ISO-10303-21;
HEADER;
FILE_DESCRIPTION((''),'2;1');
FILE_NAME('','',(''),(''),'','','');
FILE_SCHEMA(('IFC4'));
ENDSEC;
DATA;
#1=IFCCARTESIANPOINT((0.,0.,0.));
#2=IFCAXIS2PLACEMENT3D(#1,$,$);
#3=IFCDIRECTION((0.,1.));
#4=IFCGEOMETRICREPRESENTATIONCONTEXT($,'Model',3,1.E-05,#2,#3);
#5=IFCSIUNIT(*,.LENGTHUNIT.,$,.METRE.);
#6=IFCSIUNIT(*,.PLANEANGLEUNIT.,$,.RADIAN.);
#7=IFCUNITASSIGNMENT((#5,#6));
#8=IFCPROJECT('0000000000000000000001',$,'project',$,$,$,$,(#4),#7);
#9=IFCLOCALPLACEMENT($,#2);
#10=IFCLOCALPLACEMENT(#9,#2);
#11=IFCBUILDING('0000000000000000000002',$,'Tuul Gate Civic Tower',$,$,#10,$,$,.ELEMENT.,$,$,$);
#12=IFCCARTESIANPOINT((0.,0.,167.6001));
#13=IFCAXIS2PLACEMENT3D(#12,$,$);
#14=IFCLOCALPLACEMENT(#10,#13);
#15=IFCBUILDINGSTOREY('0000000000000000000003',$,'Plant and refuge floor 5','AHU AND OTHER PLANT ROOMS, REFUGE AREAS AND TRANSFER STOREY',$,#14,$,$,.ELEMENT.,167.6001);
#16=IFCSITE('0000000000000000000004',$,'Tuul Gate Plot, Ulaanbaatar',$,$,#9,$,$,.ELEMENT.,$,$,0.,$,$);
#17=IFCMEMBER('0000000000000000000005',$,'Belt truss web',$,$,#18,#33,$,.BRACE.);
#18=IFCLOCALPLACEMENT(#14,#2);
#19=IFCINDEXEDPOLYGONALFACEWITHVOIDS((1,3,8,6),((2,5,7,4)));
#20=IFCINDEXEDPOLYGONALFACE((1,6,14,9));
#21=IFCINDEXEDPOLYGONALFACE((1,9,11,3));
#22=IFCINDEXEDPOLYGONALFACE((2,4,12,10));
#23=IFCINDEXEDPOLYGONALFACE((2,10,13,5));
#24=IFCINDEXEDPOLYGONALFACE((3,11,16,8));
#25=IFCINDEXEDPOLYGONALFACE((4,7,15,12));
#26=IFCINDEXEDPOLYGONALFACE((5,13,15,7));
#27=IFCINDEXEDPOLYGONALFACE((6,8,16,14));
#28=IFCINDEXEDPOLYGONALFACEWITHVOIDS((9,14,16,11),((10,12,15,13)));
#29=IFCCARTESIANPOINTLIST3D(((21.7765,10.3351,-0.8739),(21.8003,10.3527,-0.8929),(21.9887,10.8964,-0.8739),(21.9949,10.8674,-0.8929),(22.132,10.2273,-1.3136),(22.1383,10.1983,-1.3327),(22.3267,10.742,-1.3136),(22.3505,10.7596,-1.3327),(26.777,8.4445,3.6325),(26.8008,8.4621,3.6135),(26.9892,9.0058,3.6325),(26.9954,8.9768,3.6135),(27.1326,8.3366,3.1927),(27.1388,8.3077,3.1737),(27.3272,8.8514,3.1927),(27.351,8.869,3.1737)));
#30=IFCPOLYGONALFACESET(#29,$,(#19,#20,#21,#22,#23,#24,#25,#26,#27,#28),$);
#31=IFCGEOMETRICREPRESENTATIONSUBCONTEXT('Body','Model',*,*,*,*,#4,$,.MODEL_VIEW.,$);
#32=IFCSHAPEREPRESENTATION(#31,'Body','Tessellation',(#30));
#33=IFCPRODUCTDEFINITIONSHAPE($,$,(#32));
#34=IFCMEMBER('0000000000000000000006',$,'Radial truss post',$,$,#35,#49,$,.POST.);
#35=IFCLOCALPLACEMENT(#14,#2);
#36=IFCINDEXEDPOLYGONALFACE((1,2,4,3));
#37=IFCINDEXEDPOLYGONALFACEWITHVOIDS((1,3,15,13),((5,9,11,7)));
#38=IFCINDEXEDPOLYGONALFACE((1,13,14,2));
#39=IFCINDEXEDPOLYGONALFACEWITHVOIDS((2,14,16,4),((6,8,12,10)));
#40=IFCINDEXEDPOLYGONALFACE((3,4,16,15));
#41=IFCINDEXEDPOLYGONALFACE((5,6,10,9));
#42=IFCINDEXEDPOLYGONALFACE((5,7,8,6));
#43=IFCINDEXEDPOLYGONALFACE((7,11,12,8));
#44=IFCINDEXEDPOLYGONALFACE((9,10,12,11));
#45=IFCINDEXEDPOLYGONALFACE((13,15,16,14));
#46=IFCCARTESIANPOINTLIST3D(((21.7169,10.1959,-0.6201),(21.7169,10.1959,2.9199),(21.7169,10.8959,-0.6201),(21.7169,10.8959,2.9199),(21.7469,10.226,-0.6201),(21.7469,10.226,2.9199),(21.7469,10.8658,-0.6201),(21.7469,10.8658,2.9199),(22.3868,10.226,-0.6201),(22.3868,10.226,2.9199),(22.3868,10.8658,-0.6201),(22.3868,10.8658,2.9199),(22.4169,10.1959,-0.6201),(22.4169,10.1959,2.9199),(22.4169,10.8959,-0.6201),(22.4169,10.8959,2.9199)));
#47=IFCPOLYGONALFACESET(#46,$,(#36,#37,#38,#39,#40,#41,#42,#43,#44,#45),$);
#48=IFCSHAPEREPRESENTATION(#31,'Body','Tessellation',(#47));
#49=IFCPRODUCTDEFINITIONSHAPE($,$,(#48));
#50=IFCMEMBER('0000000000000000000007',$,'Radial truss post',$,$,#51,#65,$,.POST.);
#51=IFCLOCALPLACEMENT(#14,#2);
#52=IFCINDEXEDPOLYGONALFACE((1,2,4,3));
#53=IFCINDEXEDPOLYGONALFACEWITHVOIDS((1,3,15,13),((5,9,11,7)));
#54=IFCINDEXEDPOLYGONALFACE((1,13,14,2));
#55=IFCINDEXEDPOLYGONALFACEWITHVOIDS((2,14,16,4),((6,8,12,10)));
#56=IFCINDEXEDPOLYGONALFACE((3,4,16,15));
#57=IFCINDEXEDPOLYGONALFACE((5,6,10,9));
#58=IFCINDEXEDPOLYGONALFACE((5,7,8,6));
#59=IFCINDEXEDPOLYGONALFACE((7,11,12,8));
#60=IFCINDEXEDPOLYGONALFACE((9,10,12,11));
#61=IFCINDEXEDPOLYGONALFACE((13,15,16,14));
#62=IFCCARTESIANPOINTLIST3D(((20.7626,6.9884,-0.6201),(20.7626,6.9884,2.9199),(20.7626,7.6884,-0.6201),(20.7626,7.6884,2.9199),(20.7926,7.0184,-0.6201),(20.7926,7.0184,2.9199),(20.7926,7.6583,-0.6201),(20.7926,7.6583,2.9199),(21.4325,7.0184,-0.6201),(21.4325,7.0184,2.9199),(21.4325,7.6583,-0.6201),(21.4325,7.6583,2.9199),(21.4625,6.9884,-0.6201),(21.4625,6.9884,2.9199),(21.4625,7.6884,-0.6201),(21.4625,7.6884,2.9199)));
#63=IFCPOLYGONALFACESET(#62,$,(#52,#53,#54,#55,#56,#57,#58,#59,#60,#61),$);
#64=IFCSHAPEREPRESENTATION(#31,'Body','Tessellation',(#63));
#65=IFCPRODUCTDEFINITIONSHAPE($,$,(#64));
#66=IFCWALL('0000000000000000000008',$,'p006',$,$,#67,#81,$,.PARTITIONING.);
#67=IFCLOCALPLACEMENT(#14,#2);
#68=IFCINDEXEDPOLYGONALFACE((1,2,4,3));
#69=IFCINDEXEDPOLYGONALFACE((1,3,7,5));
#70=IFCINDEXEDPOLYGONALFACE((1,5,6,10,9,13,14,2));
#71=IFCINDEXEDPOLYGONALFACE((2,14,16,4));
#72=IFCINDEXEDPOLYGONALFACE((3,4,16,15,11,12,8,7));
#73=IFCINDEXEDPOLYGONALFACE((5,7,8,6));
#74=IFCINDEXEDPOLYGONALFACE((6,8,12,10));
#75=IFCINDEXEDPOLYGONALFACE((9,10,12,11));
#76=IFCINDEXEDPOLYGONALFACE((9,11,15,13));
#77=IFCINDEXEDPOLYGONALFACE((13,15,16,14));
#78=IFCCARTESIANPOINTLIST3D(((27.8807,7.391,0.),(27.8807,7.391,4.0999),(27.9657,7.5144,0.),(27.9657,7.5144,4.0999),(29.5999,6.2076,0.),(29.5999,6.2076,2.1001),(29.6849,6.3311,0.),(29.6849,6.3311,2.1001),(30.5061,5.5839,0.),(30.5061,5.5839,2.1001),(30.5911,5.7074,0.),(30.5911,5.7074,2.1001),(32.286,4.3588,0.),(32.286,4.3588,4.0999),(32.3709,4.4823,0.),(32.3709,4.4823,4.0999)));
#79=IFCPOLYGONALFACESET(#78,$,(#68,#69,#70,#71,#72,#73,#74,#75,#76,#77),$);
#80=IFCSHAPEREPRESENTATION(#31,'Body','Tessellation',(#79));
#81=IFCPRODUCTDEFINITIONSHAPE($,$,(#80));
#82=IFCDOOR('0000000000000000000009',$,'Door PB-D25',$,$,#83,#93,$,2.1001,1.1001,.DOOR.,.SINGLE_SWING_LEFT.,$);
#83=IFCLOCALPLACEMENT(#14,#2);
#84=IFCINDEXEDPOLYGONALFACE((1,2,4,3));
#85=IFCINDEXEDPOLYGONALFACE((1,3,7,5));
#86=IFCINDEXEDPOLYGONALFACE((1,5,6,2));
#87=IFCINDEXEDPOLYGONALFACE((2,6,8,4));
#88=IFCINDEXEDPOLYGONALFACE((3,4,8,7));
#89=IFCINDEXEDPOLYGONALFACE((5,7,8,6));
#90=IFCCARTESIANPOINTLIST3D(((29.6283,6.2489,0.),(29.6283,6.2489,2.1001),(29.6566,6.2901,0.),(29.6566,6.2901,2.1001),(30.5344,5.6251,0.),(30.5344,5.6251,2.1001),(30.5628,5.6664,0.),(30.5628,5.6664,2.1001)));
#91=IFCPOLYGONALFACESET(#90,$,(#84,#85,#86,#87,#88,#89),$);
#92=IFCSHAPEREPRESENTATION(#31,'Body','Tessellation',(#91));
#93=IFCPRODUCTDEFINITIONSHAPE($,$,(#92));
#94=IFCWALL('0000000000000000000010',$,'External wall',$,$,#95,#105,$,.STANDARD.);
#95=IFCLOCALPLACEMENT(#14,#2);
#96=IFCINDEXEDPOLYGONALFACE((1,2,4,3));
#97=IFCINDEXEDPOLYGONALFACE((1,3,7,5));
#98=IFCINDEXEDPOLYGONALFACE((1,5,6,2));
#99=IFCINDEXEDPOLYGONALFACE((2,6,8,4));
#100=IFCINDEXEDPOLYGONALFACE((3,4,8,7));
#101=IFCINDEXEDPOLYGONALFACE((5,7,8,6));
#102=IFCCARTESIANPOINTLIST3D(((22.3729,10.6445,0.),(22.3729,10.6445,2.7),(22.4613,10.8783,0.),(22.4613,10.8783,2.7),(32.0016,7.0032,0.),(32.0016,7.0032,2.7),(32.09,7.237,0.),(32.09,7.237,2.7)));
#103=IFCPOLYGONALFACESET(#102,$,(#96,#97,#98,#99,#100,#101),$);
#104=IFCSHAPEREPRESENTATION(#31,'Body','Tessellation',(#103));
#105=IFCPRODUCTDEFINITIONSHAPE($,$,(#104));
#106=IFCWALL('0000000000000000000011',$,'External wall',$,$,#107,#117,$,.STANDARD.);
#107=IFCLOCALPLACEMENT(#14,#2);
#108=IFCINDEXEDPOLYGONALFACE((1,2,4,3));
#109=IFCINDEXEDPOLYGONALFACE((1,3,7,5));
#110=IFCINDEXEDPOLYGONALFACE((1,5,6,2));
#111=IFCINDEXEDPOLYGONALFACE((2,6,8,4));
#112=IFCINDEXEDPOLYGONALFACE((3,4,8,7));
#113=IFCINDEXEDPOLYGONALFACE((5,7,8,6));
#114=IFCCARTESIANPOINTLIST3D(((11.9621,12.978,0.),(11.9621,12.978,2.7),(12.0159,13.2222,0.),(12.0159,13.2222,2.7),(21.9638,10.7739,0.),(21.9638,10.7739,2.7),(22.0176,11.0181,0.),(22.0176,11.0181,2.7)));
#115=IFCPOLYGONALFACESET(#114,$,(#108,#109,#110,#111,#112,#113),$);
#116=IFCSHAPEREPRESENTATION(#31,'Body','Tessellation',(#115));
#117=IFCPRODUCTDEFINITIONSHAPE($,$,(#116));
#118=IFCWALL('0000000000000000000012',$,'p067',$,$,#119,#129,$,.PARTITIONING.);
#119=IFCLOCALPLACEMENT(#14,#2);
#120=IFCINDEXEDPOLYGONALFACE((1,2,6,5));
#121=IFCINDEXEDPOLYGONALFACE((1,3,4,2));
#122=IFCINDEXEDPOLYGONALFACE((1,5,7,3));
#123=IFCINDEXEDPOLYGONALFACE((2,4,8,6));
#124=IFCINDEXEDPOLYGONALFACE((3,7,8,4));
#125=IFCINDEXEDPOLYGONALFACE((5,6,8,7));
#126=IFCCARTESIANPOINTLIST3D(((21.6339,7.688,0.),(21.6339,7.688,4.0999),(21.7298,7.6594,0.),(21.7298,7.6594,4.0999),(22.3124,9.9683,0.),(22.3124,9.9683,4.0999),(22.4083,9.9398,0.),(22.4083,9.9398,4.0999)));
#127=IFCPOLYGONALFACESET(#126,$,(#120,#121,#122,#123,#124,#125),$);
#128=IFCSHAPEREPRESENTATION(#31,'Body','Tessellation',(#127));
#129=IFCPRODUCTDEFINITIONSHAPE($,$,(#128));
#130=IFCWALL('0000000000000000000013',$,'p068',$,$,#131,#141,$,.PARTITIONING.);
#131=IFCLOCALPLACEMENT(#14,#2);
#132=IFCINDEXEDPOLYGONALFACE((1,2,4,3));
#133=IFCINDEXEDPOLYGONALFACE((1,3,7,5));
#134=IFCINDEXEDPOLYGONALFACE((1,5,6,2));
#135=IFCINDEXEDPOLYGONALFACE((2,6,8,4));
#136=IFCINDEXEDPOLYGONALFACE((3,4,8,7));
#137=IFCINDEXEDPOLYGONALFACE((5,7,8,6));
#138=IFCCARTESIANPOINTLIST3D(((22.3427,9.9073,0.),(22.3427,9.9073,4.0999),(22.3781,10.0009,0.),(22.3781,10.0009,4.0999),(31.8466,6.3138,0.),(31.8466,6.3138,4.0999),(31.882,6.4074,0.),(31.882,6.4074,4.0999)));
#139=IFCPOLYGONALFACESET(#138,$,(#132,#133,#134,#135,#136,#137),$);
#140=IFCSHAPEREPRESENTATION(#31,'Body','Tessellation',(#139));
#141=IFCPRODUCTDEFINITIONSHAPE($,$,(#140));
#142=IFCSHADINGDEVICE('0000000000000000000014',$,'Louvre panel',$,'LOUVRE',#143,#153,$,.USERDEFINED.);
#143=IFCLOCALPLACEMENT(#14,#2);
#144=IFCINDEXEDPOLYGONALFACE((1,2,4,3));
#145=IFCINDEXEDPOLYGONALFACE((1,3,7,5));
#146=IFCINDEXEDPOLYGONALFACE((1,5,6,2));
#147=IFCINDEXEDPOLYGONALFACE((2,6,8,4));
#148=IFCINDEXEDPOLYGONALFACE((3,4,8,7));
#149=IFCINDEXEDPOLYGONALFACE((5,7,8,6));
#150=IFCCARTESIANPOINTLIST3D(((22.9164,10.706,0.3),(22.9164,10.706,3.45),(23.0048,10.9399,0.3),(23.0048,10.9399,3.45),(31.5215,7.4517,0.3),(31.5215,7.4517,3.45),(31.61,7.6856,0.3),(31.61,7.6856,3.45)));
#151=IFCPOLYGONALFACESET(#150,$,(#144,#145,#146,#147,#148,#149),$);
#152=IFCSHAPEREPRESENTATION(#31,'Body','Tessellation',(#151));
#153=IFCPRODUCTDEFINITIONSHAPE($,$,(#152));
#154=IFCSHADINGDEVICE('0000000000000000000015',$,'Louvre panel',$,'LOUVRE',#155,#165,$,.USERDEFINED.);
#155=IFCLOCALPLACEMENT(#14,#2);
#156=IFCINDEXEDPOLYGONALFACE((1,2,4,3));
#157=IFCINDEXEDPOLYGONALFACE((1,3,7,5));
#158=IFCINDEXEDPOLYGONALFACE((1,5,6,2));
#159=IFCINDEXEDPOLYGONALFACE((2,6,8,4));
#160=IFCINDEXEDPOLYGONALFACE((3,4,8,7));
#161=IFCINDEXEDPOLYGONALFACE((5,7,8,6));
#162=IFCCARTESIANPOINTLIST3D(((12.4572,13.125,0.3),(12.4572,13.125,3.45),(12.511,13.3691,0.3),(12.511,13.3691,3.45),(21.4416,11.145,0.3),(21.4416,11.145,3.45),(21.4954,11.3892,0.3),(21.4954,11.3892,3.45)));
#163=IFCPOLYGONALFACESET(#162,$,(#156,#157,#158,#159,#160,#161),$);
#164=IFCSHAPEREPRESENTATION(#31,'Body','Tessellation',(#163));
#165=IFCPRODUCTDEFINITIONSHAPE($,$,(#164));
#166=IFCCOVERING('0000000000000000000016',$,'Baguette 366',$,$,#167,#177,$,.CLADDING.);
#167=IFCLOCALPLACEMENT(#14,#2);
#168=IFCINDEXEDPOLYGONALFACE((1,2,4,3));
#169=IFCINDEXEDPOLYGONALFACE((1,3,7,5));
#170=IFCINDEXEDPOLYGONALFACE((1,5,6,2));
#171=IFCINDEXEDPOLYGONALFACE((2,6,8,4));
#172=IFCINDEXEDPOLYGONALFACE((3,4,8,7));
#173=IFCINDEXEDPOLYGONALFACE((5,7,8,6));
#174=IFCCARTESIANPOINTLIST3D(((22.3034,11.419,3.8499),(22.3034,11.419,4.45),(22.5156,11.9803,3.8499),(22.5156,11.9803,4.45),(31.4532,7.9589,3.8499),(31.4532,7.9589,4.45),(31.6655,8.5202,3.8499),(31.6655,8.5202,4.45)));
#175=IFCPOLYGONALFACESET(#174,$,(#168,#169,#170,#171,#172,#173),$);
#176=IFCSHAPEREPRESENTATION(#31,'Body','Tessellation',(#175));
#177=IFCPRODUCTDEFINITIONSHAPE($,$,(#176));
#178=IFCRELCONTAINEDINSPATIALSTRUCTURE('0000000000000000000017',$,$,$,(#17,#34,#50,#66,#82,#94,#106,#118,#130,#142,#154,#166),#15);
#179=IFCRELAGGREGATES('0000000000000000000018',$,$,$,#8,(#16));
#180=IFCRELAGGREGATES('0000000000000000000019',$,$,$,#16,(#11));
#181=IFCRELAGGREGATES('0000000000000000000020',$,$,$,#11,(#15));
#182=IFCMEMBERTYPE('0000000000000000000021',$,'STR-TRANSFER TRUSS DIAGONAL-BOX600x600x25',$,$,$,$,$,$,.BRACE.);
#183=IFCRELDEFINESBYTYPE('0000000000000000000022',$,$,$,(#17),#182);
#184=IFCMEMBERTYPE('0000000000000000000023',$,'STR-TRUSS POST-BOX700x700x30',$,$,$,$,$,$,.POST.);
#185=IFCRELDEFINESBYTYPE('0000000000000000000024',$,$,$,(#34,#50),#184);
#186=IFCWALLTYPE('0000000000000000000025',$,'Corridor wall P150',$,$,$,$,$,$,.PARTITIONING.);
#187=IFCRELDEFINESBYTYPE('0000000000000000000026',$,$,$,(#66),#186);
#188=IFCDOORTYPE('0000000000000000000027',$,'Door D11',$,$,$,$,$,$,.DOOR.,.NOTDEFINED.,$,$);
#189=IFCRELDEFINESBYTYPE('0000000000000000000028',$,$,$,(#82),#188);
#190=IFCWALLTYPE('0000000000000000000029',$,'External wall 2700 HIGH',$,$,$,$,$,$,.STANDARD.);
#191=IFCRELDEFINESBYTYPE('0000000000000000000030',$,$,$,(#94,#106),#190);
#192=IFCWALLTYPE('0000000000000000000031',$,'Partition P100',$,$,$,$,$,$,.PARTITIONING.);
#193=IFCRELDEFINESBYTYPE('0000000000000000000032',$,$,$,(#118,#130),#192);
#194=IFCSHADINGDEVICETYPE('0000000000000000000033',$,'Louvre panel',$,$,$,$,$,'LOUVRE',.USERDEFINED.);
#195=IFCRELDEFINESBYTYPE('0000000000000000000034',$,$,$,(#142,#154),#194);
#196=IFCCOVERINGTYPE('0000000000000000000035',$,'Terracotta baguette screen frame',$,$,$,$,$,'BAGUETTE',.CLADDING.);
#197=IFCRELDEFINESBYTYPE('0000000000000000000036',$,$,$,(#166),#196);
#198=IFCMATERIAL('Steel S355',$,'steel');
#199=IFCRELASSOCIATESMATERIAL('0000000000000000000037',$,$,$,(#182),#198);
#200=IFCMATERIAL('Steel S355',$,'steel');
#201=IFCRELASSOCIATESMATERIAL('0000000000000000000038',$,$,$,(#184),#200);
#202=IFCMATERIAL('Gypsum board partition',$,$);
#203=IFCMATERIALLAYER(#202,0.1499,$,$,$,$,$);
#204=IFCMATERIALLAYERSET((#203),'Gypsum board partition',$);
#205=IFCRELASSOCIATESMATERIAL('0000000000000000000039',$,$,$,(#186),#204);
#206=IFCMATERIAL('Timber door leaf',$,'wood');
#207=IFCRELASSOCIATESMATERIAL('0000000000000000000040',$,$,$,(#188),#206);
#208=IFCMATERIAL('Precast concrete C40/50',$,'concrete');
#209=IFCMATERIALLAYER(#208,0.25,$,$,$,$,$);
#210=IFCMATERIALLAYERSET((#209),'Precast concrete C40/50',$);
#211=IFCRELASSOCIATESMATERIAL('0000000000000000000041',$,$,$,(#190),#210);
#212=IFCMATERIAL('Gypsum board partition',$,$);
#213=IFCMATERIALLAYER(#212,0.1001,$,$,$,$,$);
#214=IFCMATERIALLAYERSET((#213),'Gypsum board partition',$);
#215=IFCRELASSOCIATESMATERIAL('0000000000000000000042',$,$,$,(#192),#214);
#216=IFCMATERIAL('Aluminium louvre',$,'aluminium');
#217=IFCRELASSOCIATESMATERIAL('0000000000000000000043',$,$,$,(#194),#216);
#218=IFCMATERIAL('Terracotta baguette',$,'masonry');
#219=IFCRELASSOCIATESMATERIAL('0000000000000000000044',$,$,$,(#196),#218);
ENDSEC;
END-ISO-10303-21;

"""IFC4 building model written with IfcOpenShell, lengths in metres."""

from ifc_helpers import new_model, si_unit, direction, frame, frame_2d, origin, origin_2d, place, context, subcontext, project, spatial, rectangle, hollow_rectangle, extrude, material, layer, layer_set, material_profile, profile_set, type_object, element, fill, save


model = new_model("IFC4")

# Units and contexts
model_context = context("Model", 3, precision=1e-05, world=origin(), true_north=direction((0.0, 1.0)))
body_context = subcontext(model_context, "Body", "Model", "MODEL_VIEW")
ifc_project = project(units=[si_unit("LENGTHUNIT", "METRE"), si_unit("PLANEANGLEUNIT", "RADIAN")], contexts=[model_context])

# Site, building, storey
site_placement = place(None, origin())
site = spatial("IfcSite", under=ifc_project, at=site_placement, Name="Tuul Gate Plot, Ulaanbaatar", CompositionType="ELEMENT", RefElevation=0.0)
building_placement = place(site_placement, origin())
building = spatial("IfcBuilding", under=site, at=building_placement, Name="Tuul Gate Civic Tower", CompositionType="ELEMENT")
storey_placement = place(building_placement, frame((0.0, 0.0, 167.6001)))
storey = spatial("IfcBuildingStorey", under=building, at=storey_placement, Name="Plant and refuge floor 5", Description="AHU AND OTHER PLANT ROOMS, REFUGE AREAS AND TRANSFER STOREY", CompositionType="ELEMENT", Elevation=167.6001)

# Members
ifc_material_1 = material(Name="Steel S355", Category="steel")
ifc_material_profile_1 = material_profile(ifc_material_1, hollow_rectangle(XDim=0.6001, YDim=0.6001, WallThickness=0.0249, at=origin_2d()), Name="BOX600x600x25")
ifc_profile_set_1 = profile_set([ifc_material_profile_1], Name="Steel S355")
member_type_1 = type_object("IfcMemberType", Name="STR-TRANSFER TRUSS DIAGONAL-BOX600x600x25", PredefinedType="BRACE", material=ifc_profile_set_1)
member_1_placement = place(storey_placement, frame((22.0635, 10.5474, -1.1033), z_axis=(0.715184, -0.270403, 0.644511), x_axis=(0.353655, 0.935376, 0.0)))
element("IfcMember", 1, at=member_1_placement, inside=storey, type_object=member_type_1, Name="Belt truss web", PredefinedType="BRACE", context=body_context, shape_type="SweptSolid", body=[
    extrude(hollow_rectangle(XDim=0.6001, YDim=0.6001, WallThickness=0.0249, at=origin_2d()), origin(), (0.0, 0.0, 1.0), 6.9919),
])
ifc_material_2 = material(Name="Steel S355", Category="steel")
ifc_material_profile_2 = material_profile(ifc_material_2, hollow_rectangle(XDim=0.7, YDim=0.7, WallThickness=0.03, at=origin_2d()), Name="BOX700x700x30")
ifc_profile_set_2 = profile_set([ifc_material_profile_2], Name="Steel S355")
member_type_2 = type_object("IfcMemberType", Name="STR-TRUSS POST-BOX700x700x30", PredefinedType="POST", material=ifc_profile_set_2)
for number, where, z_axis, x_axis, name in (
    (2, (22.0669, 10.5459, -0.6201), (0.0, 0.0, 1.0), (1.0, 0.0, 0.0), "Radial truss post"),
    (3, (21.1125, 7.3384, -0.6201), (0.0, 0.0, 1.0), (1.0, 0.0, 0.0), "Radial truss post"),
):
    element("IfcMember", number, at=place(storey_placement, frame(where, z_axis=z_axis, x_axis=x_axis)), inside=storey, type_object=member_type_2, Name=name, PredefinedType="POST", context=body_context, shape_type="SweptSolid", body=[
        extrude(hollow_rectangle(XDim=0.7, YDim=0.7, WallThickness=0.03, at=origin_2d()), origin(), (0.0, 0.0, 1.0), 3.54),
    ])

# Wall, opening, door
ifc_material_3 = material(Name="Gypsum board partition")
ifc_layer_1 = layer(ifc_material_3, 0.1499)
ifc_layer_set_1 = layer_set([ifc_layer_1], Name="Gypsum board partition")
wall_type_1 = type_object("IfcWallType", Name="Corridor wall P150", PredefinedType="PARTITIONING", material=ifc_layer_set_1)
wall_1_placement = place(storey_placement, frame((27.9233, 7.4526, 0.0), z_axis=(0.0, 0.0, 1.0), x_axis=(0.823727, -0.566986, 0.0)))
wall_1 = element("IfcWall", 4, at=wall_1_placement, inside=storey, type_object=wall_type_1, Name="p006", PredefinedType="PARTITIONING", context=body_context, shape_type="SweptSolid", body=[
    extrude(rectangle(XDim=5.3479, YDim=0.1499, at=frame_2d((2.6738, 0.0))), origin(), (0.0, 0.0, 1.0), 4.0999),
])
opening_placement = place(wall_1_placement, frame((2.0869, 0.0, 0.0)))
opening = element("IfcOpeningElement", 5, at=opening_placement, cuts=wall_1, PredefinedType="OPENING", context=body_context, shape_type="SweptSolid", body=[
    extrude(rectangle(XDim=1.1001, YDim=2.1001, at=frame_2d((0.55, 1.05))), frame((0.0, 0.085, 0.0), z_axis=(0.0, -1.0, 0.0), x_axis=(1.0, 0.0, 0.0)), (0.0, 0.0, 1.0), 0.1699),
])
ifc_material_4 = material(Name="Timber door leaf", Category="wood")
door_type = type_object("IfcDoorType", Name="Door D11", OperationType="NOTDEFINED", PredefinedType="DOOR", material=ifc_material_4)
door_placement = place(opening_placement, frame((1.1001, 0.0, 0.0), z_axis=(0.0, 0.0, 1.0), x_axis=(-1.0, 0.0, 0.0)))
door = element("IfcDoor", 6, at=door_placement, inside=storey, type_object=door_type, Name="Door PB-D25", OperationType="SINGLE_SWING_LEFT", OverallHeight=2.1001, OverallWidth=1.1001, PredefinedType="DOOR", context=body_context, shape_type="SweptSolid", body=[
    extrude(rectangle(XDim=1.1001, YDim=2.1001, at=frame_2d((0.55, 1.05))), frame((0.0, 0.0249, 0.0), z_axis=(0.0, -1.0, 0.0), x_axis=(1.0, 0.0, 0.0)), (0.0, 0.0, 1.0), 0.05),
])
fill(opening, door)

# Walls
ifc_material_5 = material(Name="Precast concrete C40/50", Category="concrete")
ifc_layer_2 = layer(ifc_material_5, 0.25)
ifc_layer_set_2 = layer_set([ifc_layer_2], Name="Precast concrete C40/50")
wall_type_2 = type_object("IfcWallType", Name="External wall 2700 HIGH", PredefinedType="STANDARD", material=ifc_layer_set_2)
wall_2_placement = place(storey_placement, frame((32.0457, 7.1201, 0.0), z_axis=(0.0, 0.0, 1.0), x_axis=(-0.935348, 0.353729, 0.0)))
element("IfcWall", 7, at=wall_2_placement, inside=storey, type_object=wall_type_2, Name="External wall", PredefinedType="STANDARD", context=body_context, shape_type="SweptSolid", body=[
    extrude(rectangle(XDim=10.2942, YDim=0.25, at=frame_2d((5.147, 0.0))), origin(), (0.0, 0.0, 1.0), 2.7),
])
wall_3_placement = place(storey_placement, frame((21.9907, 10.896, 0.0), z_axis=(0.0, 0.0, 1.0), x_axis=(-0.976568, 0.215209, 0.0)))
element("IfcWall", 8, at=wall_3_placement, inside=storey, type_object=wall_type_2, Name="External wall", PredefinedType="STANDARD", context=body_context, shape_type="SweptSolid", body=[
    extrude(rectangle(XDim=10.2417, YDim=0.25, at=frame_2d((5.1208, 0.0))), origin(), (0.0, 0.0, 1.0), 2.7),
])
ifc_material_6 = material(Name="Gypsum board partition")
ifc_layer_3 = layer(ifc_material_6, 0.1001)
ifc_layer_set_3 = layer_set([ifc_layer_3], Name="Gypsum board partition")
wall_type_3 = type_object("IfcWallType", Name="Partition P100", PredefinedType="PARTITIONING", material=ifc_layer_set_3)
wall_4_placement = place(storey_placement, frame((21.6819, 7.6738, 0.0), z_axis=(0.0, 0.0, 1.0), x_axis=(0.285182, 0.958473, 0.0)))
element("IfcWall", 9, at=wall_4_placement, inside=storey, type_object=wall_type_3, Name="p067", PredefinedType="PARTITIONING", context=body_context, shape_type="SweptSolid", body=[
    extrude(rectangle(XDim=2.3792, YDim=0.1001, at=frame_2d((1.1895, 0.0))), origin(), (0.0, 0.0, 1.0), 4.0999),
])
wall_5_placement = place(storey_placement, frame((22.3604, 9.9541, 0.0), z_axis=(0.0, 0.0, 1.0), x_axis=(0.93537, -0.353671, 0.0)))
element("IfcWall", 10, at=wall_5_placement, inside=storey, type_object=wall_type_3, Name="p068", PredefinedType="PARTITIONING", context=body_context, shape_type="SweptSolid", body=[
    extrude(rectangle(XDim=10.1606, YDim=0.1001, at=frame_2d((5.0803, 0.0))), origin(), (0.0, 0.0, 1.0), 4.0999),
])

# Shading devices
ifc_material_7 = material(Name="Aluminium louvre", Category="aluminium")
shading_device_type = type_object("IfcShadingDeviceType", Name="Louvre panel", ElementType="LOUVRE", PredefinedType="USERDEFINED", material=ifc_material_7)
for number, where, z_axis, x_axis, name in (
    (11, (27.2632, 9.1958, 0.3), (0.0, 0.0, 1.0), (0.353734, 0.935346, 0.0), "Louvre panel"),
    (12, (16.9763, 12.2571, 0.3), (0.0, 0.0, 1.0), (0.215215, 0.976567, 0.0), "Louvre panel"),
):
    element("IfcShadingDevice", number, at=place(storey_placement, frame(where, z_axis=z_axis, x_axis=x_axis)), inside=storey, type_object=shading_device_type, Name=name, ObjectType="LOUVRE", PredefinedType="USERDEFINED", context=body_context, shape_type="SweptSolid", body=[
        extrude(rectangle(XDim=0.25, YDim=9.2, at=origin_2d()), origin(), (0.0, 0.0, 1.0), 3.1499),
    ])

# Covering
ifc_material_8 = material(Name="Terracotta baguette", Category="masonry")
ifc_material_profile_3 = material_profile(ifc_material_8, rectangle(XDim=0.6001, YDim=0.6001, at=origin_2d()), Name="Terracotta baguette screen frame")
ifc_profile_set_3 = profile_set([ifc_material_profile_3], Name="Terracotta baguette")
covering_type = type_object("IfcCoveringType", Name="Terracotta baguette screen frame", ElementType="BAGUETTE", PredefinedType="CLADDING", material=ifc_profile_set_3)
covering_1_placement = place(storey_placement, frame((31.5593, 8.2395, 4.1499), z_axis=(-0.935351, 0.35372, 0.0), x_axis=(-0.35372, -0.935351, 0.0)))
element("IfcCovering", 13, at=covering_1_placement, inside=storey, type_object=covering_type, Name="Baguette 366", PredefinedType="CLADDING", context=body_context, shape_type="SweptSolid", body=[
    extrude(rectangle(XDim=0.6001, YDim=0.6001, at=origin_2d()), origin(), (0.0, 0.0, 1.0), 9.7822),
])

save(model, "model.ifc")
